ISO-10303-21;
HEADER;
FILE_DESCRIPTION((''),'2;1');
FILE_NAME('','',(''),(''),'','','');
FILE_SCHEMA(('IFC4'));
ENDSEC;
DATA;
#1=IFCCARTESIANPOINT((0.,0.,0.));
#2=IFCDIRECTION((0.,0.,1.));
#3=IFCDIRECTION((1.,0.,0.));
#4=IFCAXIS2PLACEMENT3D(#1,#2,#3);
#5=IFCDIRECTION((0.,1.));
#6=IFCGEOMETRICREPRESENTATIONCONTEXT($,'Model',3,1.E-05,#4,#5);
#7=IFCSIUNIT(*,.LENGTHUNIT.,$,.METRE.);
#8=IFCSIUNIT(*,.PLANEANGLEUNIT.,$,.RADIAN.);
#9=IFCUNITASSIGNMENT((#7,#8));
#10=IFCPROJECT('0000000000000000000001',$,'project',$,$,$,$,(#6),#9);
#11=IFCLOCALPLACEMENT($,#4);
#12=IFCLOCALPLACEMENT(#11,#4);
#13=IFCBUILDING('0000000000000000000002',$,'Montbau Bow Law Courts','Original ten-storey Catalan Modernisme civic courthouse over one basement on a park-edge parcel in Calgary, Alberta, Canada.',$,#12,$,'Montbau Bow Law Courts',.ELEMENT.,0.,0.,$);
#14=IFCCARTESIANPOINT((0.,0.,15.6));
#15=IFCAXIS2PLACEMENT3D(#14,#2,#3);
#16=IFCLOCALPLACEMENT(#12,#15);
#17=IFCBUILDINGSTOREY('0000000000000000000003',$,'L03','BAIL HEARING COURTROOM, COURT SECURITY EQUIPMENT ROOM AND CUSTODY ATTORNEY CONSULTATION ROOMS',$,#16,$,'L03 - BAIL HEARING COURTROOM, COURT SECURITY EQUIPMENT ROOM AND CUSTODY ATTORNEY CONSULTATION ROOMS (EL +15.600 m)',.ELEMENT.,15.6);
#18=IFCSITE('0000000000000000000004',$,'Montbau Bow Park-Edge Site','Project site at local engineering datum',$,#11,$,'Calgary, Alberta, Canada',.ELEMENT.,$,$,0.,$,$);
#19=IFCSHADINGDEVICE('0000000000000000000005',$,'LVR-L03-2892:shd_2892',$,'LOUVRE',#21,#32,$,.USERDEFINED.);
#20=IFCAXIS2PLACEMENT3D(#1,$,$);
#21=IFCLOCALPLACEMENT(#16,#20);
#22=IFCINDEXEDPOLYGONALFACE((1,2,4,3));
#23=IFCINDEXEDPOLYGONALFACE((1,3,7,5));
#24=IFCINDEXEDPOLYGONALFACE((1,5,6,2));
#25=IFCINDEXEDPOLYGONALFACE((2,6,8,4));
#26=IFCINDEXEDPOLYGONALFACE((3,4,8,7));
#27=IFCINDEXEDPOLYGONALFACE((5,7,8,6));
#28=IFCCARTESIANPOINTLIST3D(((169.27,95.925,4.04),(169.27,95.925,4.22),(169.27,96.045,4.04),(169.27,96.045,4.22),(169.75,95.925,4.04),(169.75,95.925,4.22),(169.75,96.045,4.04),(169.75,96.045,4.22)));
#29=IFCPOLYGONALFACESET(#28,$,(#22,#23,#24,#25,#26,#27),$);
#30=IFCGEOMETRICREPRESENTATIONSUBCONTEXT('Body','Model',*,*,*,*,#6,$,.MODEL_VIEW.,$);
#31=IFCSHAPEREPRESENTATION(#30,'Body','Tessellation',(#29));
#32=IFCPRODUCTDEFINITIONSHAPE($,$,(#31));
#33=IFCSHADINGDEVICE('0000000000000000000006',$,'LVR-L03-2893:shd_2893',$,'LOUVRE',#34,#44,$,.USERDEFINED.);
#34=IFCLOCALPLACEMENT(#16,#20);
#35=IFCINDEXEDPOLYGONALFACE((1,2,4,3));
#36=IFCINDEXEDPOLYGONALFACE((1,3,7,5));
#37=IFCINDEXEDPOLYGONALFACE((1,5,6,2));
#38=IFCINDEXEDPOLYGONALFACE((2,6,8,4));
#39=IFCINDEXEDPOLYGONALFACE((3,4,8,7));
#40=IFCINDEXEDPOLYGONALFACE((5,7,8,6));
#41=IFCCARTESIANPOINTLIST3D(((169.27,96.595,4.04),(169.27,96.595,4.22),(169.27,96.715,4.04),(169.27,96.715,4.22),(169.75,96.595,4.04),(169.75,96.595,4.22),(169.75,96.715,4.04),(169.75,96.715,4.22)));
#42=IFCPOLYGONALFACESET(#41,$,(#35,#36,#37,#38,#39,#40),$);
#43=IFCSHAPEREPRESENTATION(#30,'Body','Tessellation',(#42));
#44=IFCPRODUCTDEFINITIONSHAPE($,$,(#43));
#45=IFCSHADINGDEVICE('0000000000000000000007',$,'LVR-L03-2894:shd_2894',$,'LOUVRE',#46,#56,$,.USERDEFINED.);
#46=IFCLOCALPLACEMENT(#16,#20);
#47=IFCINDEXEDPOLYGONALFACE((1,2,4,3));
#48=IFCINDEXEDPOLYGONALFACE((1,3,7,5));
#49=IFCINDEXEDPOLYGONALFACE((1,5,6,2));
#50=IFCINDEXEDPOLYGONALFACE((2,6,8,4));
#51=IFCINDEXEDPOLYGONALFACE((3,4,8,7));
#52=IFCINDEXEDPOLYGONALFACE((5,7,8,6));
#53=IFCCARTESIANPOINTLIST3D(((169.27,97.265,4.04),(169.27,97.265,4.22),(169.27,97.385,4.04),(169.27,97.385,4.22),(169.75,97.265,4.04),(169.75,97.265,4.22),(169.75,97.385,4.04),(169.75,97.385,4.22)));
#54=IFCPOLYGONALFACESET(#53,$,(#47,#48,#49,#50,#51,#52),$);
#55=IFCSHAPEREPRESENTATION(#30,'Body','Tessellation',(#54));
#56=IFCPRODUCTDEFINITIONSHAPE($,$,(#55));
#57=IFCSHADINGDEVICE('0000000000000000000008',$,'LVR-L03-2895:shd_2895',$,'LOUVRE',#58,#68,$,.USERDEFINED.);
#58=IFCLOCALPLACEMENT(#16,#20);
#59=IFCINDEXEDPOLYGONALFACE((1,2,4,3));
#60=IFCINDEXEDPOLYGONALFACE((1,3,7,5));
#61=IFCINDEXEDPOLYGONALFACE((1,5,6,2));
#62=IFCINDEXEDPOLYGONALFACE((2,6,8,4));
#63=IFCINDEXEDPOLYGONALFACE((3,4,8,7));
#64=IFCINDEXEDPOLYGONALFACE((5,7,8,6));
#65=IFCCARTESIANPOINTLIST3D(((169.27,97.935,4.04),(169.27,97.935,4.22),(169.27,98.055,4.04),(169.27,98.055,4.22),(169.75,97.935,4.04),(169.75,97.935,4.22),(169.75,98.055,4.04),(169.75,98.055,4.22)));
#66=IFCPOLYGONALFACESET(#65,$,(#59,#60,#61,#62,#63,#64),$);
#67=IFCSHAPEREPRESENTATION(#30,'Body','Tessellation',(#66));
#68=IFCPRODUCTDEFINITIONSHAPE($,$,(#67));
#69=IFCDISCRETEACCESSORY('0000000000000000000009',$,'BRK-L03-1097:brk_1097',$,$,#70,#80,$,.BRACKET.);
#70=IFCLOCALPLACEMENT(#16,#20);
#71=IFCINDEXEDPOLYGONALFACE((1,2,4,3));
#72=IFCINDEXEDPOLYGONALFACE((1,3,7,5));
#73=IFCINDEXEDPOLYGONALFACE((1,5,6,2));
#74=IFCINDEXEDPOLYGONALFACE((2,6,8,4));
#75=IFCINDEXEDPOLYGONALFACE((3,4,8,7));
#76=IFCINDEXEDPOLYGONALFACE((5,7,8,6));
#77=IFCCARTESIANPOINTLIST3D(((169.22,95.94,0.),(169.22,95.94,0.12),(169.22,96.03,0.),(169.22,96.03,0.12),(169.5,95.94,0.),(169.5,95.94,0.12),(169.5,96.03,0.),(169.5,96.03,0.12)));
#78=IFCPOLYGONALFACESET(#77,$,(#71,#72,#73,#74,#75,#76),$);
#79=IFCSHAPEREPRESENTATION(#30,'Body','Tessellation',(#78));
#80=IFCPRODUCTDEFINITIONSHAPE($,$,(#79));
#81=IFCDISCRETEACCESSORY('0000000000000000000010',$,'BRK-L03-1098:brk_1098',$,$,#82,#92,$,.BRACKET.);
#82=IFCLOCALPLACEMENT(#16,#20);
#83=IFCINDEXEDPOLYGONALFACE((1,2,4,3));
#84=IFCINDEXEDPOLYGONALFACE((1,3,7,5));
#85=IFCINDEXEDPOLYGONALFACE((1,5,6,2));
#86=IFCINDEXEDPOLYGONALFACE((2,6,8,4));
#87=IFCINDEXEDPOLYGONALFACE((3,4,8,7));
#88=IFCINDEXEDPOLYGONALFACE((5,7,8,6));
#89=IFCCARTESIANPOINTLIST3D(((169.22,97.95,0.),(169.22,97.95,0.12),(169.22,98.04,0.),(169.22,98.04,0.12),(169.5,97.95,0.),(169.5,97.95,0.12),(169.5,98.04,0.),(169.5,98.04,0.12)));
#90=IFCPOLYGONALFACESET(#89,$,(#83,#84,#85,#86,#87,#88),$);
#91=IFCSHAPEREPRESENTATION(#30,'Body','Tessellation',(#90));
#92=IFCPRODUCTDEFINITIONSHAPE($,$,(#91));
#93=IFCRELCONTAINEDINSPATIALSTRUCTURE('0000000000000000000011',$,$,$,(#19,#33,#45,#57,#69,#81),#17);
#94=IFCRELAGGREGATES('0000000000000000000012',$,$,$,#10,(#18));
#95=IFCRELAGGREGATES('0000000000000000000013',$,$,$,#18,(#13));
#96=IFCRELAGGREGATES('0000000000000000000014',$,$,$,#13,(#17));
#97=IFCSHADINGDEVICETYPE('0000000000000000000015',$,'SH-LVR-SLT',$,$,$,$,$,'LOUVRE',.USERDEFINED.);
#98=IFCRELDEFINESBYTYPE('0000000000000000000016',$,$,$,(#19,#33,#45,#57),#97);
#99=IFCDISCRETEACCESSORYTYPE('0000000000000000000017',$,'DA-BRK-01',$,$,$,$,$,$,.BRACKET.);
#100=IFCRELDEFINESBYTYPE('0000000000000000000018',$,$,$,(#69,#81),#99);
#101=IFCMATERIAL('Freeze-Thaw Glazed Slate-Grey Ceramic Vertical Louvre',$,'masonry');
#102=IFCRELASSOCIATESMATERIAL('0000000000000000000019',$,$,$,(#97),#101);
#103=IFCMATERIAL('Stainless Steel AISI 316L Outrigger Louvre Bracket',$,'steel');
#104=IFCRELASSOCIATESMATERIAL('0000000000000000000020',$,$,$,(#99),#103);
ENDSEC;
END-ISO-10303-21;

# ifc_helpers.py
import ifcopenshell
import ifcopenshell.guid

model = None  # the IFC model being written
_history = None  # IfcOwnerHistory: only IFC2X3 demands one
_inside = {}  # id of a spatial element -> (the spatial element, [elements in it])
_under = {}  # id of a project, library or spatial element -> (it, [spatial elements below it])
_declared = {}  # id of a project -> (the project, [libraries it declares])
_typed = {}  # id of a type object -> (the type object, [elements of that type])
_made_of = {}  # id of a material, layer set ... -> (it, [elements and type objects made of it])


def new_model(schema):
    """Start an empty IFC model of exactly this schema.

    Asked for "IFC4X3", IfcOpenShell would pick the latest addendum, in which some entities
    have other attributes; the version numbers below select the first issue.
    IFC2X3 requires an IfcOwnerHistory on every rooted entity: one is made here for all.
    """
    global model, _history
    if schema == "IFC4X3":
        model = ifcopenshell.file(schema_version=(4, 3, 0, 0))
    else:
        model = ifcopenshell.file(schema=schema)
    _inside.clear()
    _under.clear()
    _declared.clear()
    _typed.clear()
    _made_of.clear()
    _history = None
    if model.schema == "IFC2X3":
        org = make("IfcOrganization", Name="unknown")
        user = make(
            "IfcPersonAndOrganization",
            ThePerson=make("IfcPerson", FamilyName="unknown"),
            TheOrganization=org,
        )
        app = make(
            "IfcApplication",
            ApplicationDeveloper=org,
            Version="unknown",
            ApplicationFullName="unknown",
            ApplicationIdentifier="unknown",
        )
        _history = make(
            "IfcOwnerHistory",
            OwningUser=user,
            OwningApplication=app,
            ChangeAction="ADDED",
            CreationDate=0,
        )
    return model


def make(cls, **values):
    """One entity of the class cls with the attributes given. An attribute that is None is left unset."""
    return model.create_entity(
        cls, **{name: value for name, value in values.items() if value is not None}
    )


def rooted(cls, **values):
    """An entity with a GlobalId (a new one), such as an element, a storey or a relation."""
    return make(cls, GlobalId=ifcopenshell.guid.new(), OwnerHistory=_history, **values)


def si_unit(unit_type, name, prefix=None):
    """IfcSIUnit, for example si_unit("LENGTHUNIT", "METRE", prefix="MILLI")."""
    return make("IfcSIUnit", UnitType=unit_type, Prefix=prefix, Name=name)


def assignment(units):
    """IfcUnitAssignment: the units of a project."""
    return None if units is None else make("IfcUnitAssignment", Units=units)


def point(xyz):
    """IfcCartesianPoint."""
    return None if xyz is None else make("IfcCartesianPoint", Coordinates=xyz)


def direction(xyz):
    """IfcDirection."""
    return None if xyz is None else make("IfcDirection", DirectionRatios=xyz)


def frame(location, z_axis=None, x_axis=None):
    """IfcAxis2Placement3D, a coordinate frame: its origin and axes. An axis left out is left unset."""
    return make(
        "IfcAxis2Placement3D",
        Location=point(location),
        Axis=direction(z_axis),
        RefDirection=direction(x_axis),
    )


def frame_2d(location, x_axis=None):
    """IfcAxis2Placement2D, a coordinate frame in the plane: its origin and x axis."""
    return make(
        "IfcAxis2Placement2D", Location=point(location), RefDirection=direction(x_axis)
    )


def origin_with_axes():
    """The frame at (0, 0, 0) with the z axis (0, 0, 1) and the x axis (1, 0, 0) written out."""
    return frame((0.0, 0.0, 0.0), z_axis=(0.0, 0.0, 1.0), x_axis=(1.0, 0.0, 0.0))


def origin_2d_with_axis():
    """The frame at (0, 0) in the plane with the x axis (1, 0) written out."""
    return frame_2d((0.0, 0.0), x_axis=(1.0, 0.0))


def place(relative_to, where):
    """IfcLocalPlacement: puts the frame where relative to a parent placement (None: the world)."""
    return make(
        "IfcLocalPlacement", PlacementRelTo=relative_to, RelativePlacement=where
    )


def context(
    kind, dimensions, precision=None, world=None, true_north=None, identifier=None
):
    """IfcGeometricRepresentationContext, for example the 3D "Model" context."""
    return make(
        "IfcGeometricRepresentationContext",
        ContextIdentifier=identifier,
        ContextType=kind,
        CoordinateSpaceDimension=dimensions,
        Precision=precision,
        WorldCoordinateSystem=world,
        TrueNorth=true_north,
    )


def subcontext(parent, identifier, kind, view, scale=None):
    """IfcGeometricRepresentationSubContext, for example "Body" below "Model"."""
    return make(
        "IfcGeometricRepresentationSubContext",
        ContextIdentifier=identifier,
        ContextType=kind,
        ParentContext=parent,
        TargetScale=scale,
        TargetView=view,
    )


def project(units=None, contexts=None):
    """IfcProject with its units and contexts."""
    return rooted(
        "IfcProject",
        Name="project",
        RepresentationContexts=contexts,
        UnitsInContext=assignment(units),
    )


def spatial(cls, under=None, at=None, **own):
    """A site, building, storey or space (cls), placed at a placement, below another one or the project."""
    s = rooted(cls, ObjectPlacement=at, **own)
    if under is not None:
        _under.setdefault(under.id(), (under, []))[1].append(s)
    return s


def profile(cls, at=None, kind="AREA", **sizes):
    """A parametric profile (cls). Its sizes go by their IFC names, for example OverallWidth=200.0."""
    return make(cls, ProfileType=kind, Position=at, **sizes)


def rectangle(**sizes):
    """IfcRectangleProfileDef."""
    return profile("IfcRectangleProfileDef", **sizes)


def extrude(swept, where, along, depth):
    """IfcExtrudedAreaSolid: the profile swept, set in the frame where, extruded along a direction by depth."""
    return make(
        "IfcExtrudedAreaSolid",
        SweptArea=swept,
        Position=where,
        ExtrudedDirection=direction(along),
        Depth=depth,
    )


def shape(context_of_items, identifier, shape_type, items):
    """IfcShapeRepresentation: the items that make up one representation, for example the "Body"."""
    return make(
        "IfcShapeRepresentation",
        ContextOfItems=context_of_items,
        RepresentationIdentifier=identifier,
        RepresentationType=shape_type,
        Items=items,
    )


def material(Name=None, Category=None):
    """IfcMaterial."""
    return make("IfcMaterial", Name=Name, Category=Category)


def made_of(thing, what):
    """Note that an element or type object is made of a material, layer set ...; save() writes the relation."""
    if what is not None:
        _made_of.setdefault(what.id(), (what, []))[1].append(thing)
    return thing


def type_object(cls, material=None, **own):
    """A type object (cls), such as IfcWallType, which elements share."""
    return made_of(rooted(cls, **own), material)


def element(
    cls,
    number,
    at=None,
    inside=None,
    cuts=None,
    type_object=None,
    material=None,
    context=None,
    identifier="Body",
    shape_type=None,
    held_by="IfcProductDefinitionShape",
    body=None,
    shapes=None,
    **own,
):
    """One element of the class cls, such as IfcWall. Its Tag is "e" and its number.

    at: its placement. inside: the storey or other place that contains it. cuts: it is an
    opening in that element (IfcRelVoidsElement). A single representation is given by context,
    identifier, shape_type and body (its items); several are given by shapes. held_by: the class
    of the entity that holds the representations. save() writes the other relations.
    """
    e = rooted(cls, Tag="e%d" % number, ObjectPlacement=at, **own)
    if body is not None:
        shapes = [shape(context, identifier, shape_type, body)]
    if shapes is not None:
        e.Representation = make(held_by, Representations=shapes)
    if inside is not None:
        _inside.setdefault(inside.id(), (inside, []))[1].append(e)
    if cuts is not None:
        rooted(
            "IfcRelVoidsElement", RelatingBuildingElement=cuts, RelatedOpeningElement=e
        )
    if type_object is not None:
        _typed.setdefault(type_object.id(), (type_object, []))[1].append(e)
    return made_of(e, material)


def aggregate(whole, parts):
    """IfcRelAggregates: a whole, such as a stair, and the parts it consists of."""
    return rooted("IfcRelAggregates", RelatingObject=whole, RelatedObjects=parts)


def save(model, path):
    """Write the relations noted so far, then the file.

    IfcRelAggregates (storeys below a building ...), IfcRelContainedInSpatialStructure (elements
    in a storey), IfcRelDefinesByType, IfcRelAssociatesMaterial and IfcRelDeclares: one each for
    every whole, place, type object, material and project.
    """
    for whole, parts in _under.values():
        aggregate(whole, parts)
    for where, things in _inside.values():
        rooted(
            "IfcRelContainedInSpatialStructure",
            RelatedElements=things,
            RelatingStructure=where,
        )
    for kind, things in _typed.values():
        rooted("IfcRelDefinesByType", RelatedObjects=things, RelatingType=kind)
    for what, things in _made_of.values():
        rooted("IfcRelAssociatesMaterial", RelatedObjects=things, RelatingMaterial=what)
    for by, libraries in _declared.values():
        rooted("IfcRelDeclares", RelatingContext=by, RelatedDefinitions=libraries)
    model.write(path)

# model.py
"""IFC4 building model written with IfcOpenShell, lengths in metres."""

from ifc_helpers import new_model, si_unit, direction, frame, origin_with_axes, origin_2d_with_axis, place, context, subcontext, project, spatial, rectangle, extrude, material, type_object, element, save


model = new_model("IFC4")

# Units and contexts
model_context = context("Model", 3, precision=1e-05, world=origin_with_axes(), true_north=direction((0.0, 1.0)))
body_context = subcontext(model_context, "Body", "Model", "MODEL_VIEW")
ifc_project = project(units=[si_unit("LENGTHUNIT", "METRE"), si_unit("PLANEANGLEUNIT", "RADIAN")], contexts=[model_context])

# Site, building, storey
site_placement = place(None, origin_with_axes())
site = spatial("IfcSite", under=ifc_project, at=site_placement, Name="Montbau Bow Park-Edge Site", Description="Project site at local engineering datum", LongName="Calgary, Alberta, Canada", CompositionType="ELEMENT", RefElevation=0.0)
building_placement = place(site_placement, origin_with_axes())
building = spatial("IfcBuilding", under=site, at=building_placement, Name="Montbau Bow Law Courts", Description="Original ten-storey Catalan Modernisme civic courthouse over one basement on a park-edge parcel in Calgary, Alberta, Canada.", LongName="Montbau Bow Law Courts", CompositionType="ELEMENT", ElevationOfRefHeight=0.0, ElevationOfTerrain=0.0)
storey_placement = place(building_placement, frame((0.0, 0.0, 15.6), z_axis=(0.0, 0.0, 1.0), x_axis=(1.0, 0.0, 0.0)))
storey = spatial("IfcBuildingStorey", under=building, at=storey_placement, Name="L03", Description="BAIL HEARING COURTROOM, COURT SECURITY EQUIPMENT ROOM AND CUSTODY ATTORNEY CONSULTATION ROOMS", LongName="L03 - BAIL HEARING COURTROOM, COURT SECURITY EQUIPMENT ROOM AND CUSTODY ATTORNEY CONSULTATION ROOMS (EL +15.600 m)", CompositionType="ELEMENT", Elevation=15.6)

# Shared definitions
ifc_material_1 = material(Name="Freeze-Thaw Glazed Slate-Grey Ceramic Vertical Louvre", Category="masonry")

# Shading devices
shading_device_type = type_object("IfcShadingDeviceType", Name="SH-LVR-SLT", ElementType="LOUVRE", PredefinedType="USERDEFINED", material=ifc_material_1)
for number, where, z_axis, x_axis, name in (
    (1, (169.51, 95.985, 19.64), (0.0, 0.0, 1.0), (1.0, 0.0, 0.0), "LVR-L03-2892:shd_2892"),
    (2, (169.51, 96.655, 19.64), (0.0, 0.0, 1.0), (1.0, 0.0, 0.0), "LVR-L03-2893:shd_2893"),
    (3, (169.51, 97.325, 19.64), (0.0, 0.0, 1.0), (1.0, 0.0, 0.0), "LVR-L03-2894:shd_2894"),
    (4, (169.51, 97.995, 19.64), (0.0, 0.0, 1.0), (1.0, 0.0, 0.0), "LVR-L03-2895:shd_2895"),
):
    element("IfcShadingDevice", number, at=place(None, frame(where, z_axis=z_axis, x_axis=x_axis)), inside=storey, type_object=shading_device_type, Name=name, ObjectType="LOUVRE", PredefinedType="USERDEFINED", context=body_context, shape_type="SweptSolid", body=[
        extrude(rectangle(XDim=0.48, YDim=0.12, at=origin_2d_with_axis()), origin_with_axes(), (0.0, 0.0, 1.0), 0.18),
    ])

# Discrete accessories
ifc_material_2 = material(Name="Stainless Steel AISI 316L Outrigger Louvre Bracket", Category="steel")
discrete_accessory_type = type_object("IfcDiscreteAccessoryType", Name="DA-BRK-01", PredefinedType="BRACKET", material=ifc_material_2)
for number, where, z_axis, x_axis, name in (
    (5, (169.36, 95.985, 15.6), (0.0, 0.0, 1.0), (1.0, 0.0, 0.0), "BRK-L03-1097:brk_1097"),
    (6, (169.36, 97.995, 15.6), (0.0, 0.0, 1.0), (1.0, 0.0, 0.0), "BRK-L03-1098:brk_1098"),
):
    element("IfcDiscreteAccessory", number, at=place(None, frame(where, z_axis=z_axis, x_axis=x_axis)), inside=storey, type_object=discrete_accessory_type, Name=name, PredefinedType="BRACKET", context=body_context, shape_type="SweptSolid", body=[
        extrude(rectangle(XDim=0.28, YDim=0.09, at=origin_2d_with_axis()), origin_with_axes(), (0.0, 0.0, 1.0), 0.12),
    ])

save(model, "model.ifc")
